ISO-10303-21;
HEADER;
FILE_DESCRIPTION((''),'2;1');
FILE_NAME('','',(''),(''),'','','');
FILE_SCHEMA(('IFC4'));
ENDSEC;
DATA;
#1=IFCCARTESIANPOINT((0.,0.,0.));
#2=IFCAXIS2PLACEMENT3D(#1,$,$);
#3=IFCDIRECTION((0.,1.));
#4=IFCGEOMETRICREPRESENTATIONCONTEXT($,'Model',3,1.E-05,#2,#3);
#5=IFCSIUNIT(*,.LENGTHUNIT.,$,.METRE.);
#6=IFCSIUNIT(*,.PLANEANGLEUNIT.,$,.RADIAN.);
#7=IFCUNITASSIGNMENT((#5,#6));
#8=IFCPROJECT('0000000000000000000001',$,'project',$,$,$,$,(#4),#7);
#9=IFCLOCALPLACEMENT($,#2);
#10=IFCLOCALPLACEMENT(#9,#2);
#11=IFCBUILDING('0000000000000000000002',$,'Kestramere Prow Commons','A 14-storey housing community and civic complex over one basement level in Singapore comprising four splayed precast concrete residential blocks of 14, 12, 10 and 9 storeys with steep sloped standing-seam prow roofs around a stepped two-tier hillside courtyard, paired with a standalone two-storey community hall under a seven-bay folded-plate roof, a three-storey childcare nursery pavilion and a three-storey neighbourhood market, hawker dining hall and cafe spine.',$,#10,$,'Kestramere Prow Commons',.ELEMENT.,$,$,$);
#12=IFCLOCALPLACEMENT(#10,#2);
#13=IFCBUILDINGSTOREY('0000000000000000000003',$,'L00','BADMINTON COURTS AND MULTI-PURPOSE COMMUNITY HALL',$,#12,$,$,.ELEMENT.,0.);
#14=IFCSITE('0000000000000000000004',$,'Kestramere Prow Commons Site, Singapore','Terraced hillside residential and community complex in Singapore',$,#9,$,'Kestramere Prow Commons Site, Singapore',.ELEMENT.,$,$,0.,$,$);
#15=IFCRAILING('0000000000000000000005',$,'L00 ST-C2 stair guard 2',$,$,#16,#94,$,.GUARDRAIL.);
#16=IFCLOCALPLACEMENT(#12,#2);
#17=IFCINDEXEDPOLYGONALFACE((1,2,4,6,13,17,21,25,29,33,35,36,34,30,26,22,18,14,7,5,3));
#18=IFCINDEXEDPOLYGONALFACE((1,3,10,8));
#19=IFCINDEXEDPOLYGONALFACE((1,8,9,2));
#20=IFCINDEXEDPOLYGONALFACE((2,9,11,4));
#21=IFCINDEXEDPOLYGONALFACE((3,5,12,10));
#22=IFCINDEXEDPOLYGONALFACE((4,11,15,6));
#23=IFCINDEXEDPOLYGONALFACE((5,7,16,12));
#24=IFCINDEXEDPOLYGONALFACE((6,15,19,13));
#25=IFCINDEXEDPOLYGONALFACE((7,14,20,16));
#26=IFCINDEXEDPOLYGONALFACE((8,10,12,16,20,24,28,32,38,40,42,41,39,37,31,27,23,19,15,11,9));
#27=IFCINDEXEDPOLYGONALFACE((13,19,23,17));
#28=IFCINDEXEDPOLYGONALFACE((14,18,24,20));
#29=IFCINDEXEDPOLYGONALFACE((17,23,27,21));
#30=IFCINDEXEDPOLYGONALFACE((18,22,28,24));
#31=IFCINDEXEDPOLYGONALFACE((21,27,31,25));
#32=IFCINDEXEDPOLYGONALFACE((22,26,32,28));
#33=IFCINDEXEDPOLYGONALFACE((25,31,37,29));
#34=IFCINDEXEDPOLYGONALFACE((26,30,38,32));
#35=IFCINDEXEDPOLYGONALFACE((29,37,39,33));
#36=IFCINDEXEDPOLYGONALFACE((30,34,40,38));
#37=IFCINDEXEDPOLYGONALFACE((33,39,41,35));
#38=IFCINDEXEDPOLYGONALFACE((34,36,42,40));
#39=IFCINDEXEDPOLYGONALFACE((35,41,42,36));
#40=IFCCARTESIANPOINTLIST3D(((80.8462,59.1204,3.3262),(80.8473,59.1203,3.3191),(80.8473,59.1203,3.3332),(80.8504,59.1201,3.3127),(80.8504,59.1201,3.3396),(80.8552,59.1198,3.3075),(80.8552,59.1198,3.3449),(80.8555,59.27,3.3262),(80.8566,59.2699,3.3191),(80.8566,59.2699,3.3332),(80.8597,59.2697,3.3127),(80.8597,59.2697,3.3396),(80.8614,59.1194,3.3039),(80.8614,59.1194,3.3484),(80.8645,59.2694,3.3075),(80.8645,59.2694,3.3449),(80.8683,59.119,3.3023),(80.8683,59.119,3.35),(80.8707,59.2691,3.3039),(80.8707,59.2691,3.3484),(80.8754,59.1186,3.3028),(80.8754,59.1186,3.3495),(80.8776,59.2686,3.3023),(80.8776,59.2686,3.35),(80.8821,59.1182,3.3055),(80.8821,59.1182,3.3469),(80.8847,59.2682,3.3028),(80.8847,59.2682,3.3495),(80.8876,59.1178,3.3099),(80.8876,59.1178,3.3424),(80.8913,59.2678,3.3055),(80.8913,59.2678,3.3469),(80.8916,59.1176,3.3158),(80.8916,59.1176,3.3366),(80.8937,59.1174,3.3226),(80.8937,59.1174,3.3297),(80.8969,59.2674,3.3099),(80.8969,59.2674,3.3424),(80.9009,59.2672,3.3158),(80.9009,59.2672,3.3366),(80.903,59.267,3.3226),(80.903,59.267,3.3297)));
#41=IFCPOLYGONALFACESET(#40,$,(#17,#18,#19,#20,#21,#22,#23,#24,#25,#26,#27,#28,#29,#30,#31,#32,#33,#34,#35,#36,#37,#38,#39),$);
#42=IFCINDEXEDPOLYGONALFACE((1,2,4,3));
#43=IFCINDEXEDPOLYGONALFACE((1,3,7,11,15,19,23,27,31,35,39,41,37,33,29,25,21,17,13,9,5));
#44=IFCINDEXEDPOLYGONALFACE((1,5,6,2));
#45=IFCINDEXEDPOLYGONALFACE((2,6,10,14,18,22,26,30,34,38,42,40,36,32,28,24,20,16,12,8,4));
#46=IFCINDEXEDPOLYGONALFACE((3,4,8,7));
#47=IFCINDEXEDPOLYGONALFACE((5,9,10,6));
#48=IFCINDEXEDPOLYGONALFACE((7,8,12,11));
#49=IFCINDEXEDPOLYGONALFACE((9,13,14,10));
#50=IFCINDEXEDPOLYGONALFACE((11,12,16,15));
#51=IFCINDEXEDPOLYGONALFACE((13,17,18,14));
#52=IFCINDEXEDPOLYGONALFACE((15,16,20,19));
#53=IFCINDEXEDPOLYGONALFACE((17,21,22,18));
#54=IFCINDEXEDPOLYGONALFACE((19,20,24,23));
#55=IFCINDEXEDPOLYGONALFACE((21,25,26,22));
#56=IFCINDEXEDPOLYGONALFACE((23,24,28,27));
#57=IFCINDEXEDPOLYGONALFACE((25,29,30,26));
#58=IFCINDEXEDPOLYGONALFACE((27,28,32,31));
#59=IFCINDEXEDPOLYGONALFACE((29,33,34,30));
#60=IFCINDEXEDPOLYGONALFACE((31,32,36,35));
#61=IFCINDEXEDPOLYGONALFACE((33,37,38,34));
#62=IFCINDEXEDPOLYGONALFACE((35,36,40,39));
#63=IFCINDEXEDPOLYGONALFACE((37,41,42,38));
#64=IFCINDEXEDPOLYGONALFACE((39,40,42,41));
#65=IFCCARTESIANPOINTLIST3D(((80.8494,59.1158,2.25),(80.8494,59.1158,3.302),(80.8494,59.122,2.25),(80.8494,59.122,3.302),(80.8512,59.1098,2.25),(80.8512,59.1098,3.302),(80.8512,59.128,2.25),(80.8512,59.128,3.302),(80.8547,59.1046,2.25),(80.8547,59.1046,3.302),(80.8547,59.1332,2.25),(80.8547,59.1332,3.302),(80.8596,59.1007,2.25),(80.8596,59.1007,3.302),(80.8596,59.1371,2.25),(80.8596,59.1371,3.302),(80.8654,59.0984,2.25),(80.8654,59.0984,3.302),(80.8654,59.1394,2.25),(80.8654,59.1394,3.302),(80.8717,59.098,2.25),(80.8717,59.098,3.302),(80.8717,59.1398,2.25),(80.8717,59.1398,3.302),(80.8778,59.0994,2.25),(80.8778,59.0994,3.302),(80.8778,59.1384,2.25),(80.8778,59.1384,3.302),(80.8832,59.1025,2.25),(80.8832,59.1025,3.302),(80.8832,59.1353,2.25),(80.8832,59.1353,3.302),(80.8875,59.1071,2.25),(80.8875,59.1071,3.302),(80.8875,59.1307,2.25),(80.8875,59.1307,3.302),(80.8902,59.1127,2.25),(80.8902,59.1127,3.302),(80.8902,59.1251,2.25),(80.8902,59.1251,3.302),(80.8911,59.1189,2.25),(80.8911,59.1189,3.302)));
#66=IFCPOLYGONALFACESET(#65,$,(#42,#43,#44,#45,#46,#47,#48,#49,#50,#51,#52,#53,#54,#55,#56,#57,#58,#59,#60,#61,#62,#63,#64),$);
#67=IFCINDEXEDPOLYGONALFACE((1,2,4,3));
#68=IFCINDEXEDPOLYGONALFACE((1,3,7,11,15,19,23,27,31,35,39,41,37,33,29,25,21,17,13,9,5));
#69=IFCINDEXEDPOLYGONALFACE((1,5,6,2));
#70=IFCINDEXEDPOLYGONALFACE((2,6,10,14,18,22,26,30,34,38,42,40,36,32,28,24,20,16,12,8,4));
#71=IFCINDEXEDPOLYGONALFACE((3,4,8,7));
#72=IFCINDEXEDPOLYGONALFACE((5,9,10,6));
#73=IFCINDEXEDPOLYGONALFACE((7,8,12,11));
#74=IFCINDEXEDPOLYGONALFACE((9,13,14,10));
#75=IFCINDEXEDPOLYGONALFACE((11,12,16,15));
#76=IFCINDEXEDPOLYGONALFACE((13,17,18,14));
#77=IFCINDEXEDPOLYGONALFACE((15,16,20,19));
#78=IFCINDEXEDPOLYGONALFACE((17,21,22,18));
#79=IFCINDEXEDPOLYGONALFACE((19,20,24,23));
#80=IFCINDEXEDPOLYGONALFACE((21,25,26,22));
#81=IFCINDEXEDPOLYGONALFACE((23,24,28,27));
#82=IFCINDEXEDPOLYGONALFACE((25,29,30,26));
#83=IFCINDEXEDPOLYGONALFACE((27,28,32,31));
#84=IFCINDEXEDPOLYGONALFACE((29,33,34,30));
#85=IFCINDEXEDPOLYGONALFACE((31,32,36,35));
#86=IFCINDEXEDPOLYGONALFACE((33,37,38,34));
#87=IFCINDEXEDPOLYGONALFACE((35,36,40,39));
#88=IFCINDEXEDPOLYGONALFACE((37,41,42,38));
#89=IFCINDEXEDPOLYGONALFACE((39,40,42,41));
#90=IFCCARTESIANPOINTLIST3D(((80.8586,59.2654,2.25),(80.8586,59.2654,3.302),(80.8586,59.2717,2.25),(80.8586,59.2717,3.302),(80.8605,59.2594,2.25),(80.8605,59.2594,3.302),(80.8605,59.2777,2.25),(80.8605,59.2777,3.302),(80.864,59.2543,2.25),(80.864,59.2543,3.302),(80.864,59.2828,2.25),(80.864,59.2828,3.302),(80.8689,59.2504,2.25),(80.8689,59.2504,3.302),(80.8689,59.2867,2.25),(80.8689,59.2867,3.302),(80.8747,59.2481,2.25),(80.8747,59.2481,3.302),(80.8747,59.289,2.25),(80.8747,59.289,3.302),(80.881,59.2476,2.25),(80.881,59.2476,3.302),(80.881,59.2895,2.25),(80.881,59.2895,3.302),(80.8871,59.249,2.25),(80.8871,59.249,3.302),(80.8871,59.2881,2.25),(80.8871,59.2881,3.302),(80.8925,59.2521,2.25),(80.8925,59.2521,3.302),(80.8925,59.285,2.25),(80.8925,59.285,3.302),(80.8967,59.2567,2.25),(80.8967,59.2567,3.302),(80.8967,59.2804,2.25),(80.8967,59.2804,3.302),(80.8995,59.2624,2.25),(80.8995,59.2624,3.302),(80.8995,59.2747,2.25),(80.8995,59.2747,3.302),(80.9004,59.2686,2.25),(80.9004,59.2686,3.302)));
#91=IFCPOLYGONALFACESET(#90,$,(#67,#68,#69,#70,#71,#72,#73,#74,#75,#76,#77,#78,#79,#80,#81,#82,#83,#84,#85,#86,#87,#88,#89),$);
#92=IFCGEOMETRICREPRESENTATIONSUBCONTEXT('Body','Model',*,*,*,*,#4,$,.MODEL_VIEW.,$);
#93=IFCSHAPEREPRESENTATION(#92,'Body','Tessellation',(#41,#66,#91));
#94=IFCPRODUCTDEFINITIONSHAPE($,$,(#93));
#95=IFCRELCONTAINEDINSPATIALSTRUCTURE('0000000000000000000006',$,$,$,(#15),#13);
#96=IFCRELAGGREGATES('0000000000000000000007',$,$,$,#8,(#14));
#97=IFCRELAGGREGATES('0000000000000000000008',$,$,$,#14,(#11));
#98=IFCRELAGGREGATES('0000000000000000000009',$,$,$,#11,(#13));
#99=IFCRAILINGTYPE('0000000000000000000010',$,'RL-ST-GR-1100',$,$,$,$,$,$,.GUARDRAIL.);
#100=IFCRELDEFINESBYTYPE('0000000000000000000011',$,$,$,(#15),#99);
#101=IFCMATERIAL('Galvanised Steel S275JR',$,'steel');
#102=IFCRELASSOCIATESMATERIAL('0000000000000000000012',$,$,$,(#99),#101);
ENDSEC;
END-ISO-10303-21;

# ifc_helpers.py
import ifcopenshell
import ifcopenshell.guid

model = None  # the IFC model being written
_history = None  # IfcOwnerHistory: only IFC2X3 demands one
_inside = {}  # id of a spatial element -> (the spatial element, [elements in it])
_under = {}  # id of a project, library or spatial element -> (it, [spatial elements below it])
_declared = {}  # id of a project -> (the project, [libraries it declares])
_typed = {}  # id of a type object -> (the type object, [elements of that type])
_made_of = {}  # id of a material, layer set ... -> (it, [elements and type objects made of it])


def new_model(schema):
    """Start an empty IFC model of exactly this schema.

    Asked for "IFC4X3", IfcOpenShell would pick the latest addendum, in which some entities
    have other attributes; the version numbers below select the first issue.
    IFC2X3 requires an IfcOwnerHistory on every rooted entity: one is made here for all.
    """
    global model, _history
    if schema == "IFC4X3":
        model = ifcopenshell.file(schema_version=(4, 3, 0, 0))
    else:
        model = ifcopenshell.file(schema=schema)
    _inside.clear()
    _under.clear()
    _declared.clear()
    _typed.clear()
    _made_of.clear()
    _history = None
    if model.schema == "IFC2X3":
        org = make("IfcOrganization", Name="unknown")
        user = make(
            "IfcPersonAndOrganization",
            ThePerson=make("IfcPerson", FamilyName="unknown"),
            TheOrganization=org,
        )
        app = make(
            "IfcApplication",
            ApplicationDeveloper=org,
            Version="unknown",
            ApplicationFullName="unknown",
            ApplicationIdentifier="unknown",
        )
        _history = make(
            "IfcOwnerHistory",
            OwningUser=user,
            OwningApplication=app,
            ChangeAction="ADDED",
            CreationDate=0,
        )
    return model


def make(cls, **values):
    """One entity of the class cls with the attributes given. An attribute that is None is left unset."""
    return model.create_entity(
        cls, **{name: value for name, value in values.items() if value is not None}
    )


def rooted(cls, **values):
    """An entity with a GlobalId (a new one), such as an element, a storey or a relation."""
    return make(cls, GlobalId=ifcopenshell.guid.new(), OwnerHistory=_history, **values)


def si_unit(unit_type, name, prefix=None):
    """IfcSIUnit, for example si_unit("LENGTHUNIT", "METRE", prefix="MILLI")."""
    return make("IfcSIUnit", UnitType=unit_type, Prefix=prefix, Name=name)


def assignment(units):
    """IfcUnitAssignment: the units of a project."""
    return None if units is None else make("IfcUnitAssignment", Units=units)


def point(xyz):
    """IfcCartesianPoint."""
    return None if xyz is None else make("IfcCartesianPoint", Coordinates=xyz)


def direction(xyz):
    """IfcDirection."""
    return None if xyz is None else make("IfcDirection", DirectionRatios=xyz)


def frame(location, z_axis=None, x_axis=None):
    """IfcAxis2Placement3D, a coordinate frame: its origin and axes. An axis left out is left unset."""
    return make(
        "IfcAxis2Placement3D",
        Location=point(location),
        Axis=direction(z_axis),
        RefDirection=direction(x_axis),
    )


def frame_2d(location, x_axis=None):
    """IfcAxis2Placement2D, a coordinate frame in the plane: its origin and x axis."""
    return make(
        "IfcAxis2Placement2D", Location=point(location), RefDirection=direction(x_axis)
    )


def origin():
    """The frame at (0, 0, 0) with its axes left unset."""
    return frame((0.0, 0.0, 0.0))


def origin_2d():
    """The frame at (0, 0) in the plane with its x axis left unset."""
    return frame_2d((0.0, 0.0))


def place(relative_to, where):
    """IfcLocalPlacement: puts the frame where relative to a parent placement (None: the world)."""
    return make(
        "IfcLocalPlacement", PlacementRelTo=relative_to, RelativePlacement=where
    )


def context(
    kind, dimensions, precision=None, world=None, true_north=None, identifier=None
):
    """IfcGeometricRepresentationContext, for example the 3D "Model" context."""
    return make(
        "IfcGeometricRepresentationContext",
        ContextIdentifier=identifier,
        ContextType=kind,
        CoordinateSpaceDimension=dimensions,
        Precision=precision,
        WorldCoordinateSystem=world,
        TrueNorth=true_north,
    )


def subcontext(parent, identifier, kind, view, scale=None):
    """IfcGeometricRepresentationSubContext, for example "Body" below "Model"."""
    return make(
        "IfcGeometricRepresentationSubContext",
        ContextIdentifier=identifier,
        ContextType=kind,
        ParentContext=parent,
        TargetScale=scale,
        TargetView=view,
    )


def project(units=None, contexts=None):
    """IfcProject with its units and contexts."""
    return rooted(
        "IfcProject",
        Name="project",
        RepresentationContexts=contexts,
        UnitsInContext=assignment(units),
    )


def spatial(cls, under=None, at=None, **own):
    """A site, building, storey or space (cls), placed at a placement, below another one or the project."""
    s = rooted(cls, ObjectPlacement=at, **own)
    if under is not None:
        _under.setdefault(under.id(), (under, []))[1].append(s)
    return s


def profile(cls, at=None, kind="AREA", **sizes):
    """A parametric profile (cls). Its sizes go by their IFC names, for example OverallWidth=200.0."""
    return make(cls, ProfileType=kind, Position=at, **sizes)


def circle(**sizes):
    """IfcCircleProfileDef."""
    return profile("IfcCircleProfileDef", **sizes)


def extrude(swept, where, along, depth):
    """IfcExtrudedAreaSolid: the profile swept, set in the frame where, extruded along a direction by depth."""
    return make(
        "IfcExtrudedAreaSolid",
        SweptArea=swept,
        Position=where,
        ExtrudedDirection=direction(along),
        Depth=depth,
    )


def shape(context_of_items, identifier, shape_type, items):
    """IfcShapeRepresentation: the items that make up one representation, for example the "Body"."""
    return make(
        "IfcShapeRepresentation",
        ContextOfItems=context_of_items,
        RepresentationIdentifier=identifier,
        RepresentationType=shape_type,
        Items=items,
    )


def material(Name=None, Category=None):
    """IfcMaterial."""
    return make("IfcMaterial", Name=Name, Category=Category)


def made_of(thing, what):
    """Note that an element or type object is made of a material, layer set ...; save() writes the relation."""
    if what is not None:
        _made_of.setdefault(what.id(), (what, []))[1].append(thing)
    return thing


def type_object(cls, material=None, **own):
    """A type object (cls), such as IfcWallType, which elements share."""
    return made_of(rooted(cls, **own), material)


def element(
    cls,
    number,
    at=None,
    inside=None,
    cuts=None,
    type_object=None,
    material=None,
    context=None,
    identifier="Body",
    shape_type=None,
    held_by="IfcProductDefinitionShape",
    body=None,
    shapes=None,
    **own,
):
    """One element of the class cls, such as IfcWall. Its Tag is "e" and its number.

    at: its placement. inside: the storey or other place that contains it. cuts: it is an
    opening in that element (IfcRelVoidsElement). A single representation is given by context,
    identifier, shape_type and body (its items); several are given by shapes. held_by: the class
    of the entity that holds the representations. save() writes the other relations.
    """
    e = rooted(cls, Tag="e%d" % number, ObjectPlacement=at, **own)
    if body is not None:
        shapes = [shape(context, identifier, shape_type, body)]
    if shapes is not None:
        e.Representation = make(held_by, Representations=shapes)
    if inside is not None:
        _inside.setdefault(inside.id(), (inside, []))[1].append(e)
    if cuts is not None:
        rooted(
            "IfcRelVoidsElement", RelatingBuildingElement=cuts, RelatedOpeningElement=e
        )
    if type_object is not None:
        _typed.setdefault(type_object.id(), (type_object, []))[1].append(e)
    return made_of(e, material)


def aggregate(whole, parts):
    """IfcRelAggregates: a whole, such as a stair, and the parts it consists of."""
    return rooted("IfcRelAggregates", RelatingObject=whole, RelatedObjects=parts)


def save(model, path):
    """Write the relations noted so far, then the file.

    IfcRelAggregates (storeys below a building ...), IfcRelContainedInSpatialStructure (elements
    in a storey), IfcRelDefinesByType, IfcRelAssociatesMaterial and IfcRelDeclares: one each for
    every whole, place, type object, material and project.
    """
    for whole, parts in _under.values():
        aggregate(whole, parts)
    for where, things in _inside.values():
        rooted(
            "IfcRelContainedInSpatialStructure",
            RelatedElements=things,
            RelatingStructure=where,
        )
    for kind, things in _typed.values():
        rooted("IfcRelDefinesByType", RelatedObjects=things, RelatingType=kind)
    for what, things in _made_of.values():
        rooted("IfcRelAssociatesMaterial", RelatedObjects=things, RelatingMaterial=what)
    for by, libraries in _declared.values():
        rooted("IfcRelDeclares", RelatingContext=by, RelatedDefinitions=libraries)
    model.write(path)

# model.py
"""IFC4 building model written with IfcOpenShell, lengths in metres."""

from ifc_helpers import new_model, si_unit, direction, frame, origin, origin_2d, place, context, subcontext, project, spatial, circle, extrude, material, type_object, element, save


model = new_model("IFC4")

# Units and contexts
model_context = context("Model", 3, precision=1e-05, world=origin(), true_north=direction((0.0, 1.0)))
body_context = subcontext(model_context, "Body", "Model", "MODEL_VIEW")
ifc_project = project(units=[si_unit("LENGTHUNIT", "METRE"), si_unit("PLANEANGLEUNIT", "RADIAN")], contexts=[model_context])

# Site, building, storey
site_placement = place(None, origin())
site = spatial("IfcSite", under=ifc_project, at=site_placement, Name="Kestramere Prow Commons Site, Singapore", Description="Terraced hillside residential and community complex in Singapore", LongName="Kestramere Prow Commons Site, Singapore", CompositionType="ELEMENT", RefElevation=0.0)
building_placement = place(site_placement, origin())
building = spatial("IfcBuilding", under=site, at=building_placement, Name="Kestramere Prow Commons", Description="A 14-storey housing community and civic complex over one basement level in Singapore comprising four splayed precast concrete residential blocks of 14, 12, 10 and 9 storeys with steep sloped standing-seam prow roofs around a stepped two-tier hillside courtyard, paired with a standalone two-storey community hall under a seven-bay folded-plate roof, a three-storey childcare nursery pavilion and a three-storey neighbourhood market, hawker dining hall and cafe spine.", LongName="Kestramere Prow Commons", CompositionType="ELEMENT")
storey_placement = place(building_placement, origin())
storey = spatial("IfcBuildingStorey", under=building, at=storey_placement, Name="L00", Description="BADMINTON COURTS AND MULTI-PURPOSE COMMUNITY HALL", CompositionType="ELEMENT", Elevation=0.0)

# Railing
ifc_material_1 = material(Name="Galvanised Steel S275JR", Category="steel")
railing_type_1 = type_object("IfcRailingType", Name="RL-ST-GR-1100", PredefinedType="GUARDRAIL", material=ifc_material_1)
railing_1_placement = place(storey_placement, frame((80.8701, 59.1189, 2.25)))
element("IfcRailing", 1, at=railing_1_placement, inside=storey, type_object=railing_type_1, Name="L00 ST-C2 stair guard 2", PredefinedType="GUARDRAIL", context=body_context, shape_type="SweptSolid", body=[
    extrude(circle(Radius=0.0239, at=origin_2d()), frame((0.0, 0.0, 1.0762), z_axis=(0.061871, 0.998084, 0.0), x_axis=(-0.998084, 0.061871, 0.0)), (0.0, 0.0, 1.0), 0.1499),
    extrude(circle(Radius=0.021, at=origin_2d()), origin(), (0.0, 0.0, 1.0), 1.052),
    extrude(circle(Radius=0.021, at=origin_2d()), frame((0.0093, 0.1497, 0.0)), (0.0, 0.0, 1.0), 1.052),
])

save(model, "model.ifc")
